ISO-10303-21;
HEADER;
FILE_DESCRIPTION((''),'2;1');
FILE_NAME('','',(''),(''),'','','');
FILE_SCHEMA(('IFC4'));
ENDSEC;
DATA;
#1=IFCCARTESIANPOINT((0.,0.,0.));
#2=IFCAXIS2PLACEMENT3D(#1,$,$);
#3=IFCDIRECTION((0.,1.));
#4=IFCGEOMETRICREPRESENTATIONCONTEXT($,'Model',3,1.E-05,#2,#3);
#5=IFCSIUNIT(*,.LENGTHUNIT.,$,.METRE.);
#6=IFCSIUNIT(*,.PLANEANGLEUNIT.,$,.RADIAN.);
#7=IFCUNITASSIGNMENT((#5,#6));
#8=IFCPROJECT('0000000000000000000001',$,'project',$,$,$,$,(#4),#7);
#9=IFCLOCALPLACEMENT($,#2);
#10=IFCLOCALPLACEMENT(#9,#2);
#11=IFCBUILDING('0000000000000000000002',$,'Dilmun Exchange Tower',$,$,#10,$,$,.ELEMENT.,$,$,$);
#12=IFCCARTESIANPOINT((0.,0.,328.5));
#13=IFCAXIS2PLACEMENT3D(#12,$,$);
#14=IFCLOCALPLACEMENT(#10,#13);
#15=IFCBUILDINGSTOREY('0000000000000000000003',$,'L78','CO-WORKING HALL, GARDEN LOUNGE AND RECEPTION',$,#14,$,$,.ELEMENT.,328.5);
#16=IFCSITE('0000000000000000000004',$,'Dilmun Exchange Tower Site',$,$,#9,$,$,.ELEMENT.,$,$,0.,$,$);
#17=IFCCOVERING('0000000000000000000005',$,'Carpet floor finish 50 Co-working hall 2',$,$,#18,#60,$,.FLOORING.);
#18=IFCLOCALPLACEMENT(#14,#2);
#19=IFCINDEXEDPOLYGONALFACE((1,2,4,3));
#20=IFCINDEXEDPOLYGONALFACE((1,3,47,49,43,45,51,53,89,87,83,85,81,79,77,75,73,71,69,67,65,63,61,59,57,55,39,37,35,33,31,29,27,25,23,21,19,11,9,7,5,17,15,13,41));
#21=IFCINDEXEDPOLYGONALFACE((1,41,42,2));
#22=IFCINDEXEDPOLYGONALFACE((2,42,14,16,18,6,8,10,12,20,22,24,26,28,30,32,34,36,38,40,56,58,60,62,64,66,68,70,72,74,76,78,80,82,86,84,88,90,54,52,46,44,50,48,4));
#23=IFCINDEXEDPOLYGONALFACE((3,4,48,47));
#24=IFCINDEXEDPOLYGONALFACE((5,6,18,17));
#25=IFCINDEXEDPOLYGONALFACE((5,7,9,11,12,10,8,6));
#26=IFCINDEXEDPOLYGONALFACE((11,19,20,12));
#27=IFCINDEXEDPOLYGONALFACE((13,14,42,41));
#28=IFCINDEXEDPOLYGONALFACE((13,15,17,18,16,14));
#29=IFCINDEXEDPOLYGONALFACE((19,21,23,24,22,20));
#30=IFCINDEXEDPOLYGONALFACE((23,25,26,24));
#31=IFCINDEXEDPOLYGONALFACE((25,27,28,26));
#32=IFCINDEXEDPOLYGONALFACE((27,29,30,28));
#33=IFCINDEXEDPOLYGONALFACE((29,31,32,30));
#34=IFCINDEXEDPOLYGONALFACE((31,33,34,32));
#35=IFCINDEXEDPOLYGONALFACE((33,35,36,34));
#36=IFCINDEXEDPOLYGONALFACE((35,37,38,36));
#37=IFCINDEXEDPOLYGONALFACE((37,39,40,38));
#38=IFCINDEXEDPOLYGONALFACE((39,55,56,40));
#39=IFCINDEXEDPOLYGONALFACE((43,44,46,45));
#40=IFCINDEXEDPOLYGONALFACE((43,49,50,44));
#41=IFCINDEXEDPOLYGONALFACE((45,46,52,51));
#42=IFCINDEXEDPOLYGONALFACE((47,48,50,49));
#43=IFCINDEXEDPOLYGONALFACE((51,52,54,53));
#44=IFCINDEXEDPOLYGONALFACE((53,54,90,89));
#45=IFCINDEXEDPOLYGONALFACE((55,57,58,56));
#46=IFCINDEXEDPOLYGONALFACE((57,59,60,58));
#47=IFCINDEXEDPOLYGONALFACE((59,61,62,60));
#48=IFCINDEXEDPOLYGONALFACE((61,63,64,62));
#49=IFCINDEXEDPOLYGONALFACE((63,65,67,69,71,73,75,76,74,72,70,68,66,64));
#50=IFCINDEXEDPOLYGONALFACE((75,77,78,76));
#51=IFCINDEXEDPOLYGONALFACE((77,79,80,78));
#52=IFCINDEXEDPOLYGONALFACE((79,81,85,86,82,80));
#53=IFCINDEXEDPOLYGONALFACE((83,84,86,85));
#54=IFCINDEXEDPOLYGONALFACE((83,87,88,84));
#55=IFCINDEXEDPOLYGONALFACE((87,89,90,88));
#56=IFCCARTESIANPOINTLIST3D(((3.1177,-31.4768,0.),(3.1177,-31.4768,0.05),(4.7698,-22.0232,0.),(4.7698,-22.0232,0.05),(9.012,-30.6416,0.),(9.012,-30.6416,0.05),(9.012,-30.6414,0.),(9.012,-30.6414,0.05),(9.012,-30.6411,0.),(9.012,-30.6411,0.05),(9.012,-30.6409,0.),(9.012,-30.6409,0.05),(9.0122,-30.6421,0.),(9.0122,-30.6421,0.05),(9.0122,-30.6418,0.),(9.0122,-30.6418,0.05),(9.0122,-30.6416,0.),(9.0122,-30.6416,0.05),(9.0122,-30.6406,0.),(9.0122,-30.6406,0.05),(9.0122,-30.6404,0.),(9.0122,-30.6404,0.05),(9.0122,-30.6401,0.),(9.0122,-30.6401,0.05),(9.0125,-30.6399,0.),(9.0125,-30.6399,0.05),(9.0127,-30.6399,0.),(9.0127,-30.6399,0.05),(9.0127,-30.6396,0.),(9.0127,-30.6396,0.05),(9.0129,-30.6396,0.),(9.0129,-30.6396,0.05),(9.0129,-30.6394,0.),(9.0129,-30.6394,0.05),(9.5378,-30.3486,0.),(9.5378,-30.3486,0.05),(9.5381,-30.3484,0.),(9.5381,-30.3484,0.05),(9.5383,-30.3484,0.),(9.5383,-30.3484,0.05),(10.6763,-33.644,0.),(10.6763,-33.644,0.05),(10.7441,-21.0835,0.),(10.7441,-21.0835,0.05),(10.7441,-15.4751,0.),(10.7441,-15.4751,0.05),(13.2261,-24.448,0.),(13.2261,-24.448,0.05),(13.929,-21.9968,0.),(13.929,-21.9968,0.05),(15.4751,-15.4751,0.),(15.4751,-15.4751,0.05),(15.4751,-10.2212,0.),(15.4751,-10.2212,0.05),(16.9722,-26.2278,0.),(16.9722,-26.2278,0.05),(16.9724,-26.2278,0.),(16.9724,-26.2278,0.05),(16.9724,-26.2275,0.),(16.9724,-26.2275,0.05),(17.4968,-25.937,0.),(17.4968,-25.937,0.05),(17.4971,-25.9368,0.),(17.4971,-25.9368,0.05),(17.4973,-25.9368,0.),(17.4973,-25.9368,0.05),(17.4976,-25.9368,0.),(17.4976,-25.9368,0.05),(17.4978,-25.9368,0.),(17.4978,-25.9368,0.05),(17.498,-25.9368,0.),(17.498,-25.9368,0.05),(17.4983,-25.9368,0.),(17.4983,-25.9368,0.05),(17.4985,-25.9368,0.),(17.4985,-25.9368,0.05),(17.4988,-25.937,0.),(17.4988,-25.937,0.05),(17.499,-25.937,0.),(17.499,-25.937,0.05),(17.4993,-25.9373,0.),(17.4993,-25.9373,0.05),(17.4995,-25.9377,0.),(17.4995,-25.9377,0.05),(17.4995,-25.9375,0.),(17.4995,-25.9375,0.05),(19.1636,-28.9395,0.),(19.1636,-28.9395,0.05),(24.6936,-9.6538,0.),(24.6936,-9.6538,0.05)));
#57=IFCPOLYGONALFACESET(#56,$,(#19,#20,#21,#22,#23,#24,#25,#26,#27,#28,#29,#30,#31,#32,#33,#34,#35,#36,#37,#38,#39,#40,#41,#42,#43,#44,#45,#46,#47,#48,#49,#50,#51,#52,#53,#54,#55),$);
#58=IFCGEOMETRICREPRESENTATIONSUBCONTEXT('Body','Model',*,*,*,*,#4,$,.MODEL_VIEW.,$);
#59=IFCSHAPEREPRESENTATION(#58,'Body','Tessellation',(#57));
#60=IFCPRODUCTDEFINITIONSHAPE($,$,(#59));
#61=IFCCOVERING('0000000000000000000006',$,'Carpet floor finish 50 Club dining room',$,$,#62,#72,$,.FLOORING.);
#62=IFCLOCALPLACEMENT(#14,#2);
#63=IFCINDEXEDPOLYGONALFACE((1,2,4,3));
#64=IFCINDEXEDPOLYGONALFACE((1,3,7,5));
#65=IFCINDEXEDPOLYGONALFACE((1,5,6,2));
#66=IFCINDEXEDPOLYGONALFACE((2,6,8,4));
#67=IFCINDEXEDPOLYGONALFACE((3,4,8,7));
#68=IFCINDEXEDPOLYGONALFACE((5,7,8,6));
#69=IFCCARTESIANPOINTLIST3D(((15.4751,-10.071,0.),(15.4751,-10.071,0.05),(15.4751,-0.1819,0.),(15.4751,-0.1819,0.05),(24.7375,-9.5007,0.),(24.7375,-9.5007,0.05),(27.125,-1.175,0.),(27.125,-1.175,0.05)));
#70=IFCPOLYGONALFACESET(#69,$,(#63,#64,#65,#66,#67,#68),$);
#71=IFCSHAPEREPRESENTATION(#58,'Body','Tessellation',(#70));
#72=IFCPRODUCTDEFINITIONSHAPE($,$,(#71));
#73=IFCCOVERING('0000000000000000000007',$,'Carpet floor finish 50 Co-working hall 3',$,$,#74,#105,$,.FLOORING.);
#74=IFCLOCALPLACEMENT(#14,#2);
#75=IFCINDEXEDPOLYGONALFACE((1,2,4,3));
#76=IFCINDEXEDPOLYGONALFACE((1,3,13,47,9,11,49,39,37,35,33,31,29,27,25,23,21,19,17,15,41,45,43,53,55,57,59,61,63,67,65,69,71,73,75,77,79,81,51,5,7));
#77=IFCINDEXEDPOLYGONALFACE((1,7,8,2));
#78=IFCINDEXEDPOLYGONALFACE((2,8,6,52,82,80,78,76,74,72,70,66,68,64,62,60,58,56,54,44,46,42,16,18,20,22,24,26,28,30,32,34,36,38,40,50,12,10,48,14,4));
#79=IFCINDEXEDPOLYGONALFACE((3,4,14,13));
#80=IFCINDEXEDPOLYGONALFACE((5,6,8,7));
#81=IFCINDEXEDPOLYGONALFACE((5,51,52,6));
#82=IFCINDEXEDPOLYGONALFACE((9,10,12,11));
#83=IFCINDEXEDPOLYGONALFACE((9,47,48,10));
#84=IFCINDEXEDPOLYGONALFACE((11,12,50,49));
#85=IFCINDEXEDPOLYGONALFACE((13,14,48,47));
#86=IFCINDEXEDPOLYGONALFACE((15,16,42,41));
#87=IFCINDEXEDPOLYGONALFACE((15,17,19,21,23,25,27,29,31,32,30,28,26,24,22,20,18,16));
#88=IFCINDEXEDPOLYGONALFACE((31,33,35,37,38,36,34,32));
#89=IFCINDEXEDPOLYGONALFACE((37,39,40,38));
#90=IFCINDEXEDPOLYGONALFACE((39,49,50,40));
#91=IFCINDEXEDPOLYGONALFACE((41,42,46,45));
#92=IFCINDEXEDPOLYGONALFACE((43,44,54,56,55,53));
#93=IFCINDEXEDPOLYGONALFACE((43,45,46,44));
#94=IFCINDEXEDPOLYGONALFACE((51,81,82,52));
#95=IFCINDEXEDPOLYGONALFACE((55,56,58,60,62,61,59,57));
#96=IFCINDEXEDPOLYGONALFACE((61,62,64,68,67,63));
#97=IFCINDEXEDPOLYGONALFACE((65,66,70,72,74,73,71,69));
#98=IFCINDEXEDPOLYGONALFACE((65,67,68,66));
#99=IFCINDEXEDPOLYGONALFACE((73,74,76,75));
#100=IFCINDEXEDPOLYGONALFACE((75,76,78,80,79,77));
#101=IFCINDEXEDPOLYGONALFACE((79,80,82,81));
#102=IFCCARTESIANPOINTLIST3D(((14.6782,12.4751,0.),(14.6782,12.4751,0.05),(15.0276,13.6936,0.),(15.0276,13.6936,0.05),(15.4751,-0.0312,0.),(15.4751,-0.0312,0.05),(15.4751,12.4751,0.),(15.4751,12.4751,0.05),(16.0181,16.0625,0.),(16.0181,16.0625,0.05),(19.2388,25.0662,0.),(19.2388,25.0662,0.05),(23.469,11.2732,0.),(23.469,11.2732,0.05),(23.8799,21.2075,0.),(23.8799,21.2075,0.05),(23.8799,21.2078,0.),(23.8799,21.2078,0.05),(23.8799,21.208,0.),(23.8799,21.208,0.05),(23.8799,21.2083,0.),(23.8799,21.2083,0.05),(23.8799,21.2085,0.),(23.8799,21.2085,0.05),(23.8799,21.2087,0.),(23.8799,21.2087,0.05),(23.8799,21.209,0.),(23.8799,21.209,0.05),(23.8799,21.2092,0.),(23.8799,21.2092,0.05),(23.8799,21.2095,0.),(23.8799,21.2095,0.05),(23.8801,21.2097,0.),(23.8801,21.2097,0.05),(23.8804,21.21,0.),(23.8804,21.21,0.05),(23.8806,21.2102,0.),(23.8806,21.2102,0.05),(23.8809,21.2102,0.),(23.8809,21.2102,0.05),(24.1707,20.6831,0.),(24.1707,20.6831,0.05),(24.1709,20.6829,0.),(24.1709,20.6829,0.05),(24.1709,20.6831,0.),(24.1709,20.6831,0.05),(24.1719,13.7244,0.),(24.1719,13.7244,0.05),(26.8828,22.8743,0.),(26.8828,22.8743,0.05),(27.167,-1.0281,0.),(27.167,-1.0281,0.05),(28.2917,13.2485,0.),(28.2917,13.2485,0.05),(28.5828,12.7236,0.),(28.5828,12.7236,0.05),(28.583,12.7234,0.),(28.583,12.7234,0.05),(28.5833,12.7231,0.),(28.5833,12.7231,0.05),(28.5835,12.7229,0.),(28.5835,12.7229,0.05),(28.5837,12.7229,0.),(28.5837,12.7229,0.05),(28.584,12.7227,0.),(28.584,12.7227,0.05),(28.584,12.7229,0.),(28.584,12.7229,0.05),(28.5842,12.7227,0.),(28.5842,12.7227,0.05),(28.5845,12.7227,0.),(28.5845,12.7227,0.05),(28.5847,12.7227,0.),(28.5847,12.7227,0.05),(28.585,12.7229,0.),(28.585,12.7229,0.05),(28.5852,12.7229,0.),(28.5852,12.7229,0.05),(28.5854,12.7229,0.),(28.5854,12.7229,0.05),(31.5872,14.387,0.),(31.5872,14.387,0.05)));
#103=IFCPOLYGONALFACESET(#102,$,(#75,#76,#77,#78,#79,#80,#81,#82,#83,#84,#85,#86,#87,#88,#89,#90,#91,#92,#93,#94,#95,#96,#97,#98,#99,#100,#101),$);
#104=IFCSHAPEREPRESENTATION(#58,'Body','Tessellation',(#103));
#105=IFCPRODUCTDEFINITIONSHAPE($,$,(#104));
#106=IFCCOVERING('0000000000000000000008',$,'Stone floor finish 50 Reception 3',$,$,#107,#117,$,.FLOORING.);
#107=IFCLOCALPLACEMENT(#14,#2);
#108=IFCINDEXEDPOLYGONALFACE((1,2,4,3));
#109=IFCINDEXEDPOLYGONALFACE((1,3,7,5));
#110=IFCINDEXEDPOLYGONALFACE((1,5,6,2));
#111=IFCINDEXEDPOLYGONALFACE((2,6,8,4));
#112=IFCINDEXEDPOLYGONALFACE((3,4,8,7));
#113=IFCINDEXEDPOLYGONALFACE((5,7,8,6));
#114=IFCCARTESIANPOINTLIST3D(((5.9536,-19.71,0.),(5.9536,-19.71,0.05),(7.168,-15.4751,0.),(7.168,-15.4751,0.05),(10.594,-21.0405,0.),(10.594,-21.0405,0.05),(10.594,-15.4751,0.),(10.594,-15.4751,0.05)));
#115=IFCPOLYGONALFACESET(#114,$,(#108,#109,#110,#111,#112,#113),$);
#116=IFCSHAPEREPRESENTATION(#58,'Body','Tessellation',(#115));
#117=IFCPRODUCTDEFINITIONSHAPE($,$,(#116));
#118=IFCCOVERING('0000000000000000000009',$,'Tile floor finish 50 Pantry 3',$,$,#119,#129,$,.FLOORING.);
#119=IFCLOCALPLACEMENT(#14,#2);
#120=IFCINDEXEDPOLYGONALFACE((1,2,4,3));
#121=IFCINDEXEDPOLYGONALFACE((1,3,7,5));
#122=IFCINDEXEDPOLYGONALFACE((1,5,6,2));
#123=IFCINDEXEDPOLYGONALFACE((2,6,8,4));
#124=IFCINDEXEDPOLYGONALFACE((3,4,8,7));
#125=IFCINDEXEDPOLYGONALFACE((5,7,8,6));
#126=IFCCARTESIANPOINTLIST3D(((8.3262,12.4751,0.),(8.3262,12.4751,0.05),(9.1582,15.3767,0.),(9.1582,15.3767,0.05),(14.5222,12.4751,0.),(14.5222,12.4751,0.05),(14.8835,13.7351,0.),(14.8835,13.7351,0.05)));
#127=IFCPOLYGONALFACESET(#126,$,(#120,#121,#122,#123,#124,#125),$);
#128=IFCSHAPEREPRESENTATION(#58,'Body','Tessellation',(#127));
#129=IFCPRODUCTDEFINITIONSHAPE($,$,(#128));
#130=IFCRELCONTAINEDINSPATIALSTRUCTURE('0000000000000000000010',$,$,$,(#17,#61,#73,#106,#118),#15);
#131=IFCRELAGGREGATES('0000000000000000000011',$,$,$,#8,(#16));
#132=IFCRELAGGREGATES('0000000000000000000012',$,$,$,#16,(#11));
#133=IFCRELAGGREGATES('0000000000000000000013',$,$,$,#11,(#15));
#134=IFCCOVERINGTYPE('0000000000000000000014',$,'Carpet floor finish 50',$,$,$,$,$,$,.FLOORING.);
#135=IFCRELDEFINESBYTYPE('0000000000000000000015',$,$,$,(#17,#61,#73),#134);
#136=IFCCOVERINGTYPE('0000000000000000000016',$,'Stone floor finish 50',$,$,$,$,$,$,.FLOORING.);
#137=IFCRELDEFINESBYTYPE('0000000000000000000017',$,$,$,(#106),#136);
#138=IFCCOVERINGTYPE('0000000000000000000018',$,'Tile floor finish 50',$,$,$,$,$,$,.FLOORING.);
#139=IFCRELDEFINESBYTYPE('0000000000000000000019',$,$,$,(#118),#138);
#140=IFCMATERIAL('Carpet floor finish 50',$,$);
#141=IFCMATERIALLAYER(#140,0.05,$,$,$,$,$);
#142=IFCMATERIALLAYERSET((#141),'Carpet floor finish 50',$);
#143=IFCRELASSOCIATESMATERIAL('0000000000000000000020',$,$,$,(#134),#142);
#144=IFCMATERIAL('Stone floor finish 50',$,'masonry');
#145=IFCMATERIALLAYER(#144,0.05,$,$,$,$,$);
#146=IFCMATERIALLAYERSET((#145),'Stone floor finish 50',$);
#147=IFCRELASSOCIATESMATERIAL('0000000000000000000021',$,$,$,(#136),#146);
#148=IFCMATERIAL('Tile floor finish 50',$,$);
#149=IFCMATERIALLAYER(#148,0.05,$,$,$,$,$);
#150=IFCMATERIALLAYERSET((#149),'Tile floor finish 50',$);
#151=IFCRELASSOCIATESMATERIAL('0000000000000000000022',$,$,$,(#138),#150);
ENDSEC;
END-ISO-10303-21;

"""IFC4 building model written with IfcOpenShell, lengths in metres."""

from ifc_helpers import new_model, si_unit, direction, frame, origin, place, context, subcontext, project, spatial, polyline, outline, extrude, material, layer, layer_set, type_object, element, save


model = new_model("IFC4")

# Units and contexts
model_context = context("Model", 3, precision=1e-05, world=origin(), true_north=direction((0.0, 1.0)))
body_context = subcontext(model_context, "Body", "Model", "MODEL_VIEW")
ifc_project = project(units=[si_unit("LENGTHUNIT", "METRE"), si_unit("PLANEANGLEUNIT", "RADIAN")], contexts=[model_context])

# Site, building, storey
site_placement = place(None, origin())
site = spatial("IfcSite", under=ifc_project, at=site_placement, Name="Dilmun Exchange Tower Site", CompositionType="ELEMENT", RefElevation=0.0)
building_placement = place(site_placement, origin())
building = spatial("IfcBuilding", under=site, at=building_placement, Name="Dilmun Exchange Tower", CompositionType="ELEMENT")
storey_placement = place(building_placement, frame((0.0, 0.0, 328.5)))
storey = spatial("IfcBuildingStorey", under=building, at=storey_placement, Name="L78", Description="CO-WORKING HALL, GARDEN LOUNGE AND RECEPTION", CompositionType="ELEMENT", Elevation=328.5)

# Coverings
ifc_material_1 = material(Name="Carpet floor finish 50")
ifc_layer_1 = layer(ifc_material_1, 0.05)
ifc_layer_set_1 = layer_set([ifc_layer_1], Name="Carpet floor finish 50")
covering_type_1 = type_object("IfcCoveringType", Name="Carpet floor finish 50", PredefinedType="FLOORING", material=ifc_layer_set_1)
covering_1_placement = place(storey_placement, origin())
element("IfcCovering", 1, at=covering_1_placement, inside=storey, type_object=covering_type_1, Name="Carpet floor finish 50 Co-working hall 2", PredefinedType="FLOORING", context=body_context, shape_type="SweptSolid", body=[
    extrude(outline(polyline([(4.7698, -22.0232), (13.2261, -24.448), (13.929, -21.9968), (10.7441, -21.0835), (10.7441, -15.4751), (15.4751, -15.4751), (15.4751, -10.2212), (24.6936, -9.6538), (19.1636, -28.9395), (17.4995, -25.9377), (17.4995, -25.9375), (17.4995, -25.9375), (17.4993, -25.9373), (17.499, -25.937), (17.499, -25.937), (17.4988, -25.937), (17.4985, -25.9368), (17.4983, -25.9368), (17.4983, -25.9368), (17.498, -25.9368), (17.4978, -25.9368), (17.4978, -25.9368), (17.4976, -25.9368), (17.4973, -25.9368), (17.4971, -25.9368), (17.4968, -25.937), (16.9724, -26.2275), (16.9724, -26.2275), (16.9724, -26.2278), (16.9722, -26.2278), (9.5383, -30.3484), (9.5383, -30.3484), (9.5381, -30.3484), (9.5381, -30.3484), (9.5378, -30.3486), (9.0129, -30.6394), (9.0129, -30.6396), (9.0127, -30.6396), (9.0127, -30.6399), (9.0125, -30.6399), (9.0122, -30.6401), (9.0122, -30.6404), (9.0122, -30.6404), (9.0122, -30.6406), (9.012, -30.6409), (9.012, -30.6411), (9.012, -30.6414), (9.012, -30.6416), (9.0122, -30.6416), (9.0122, -30.6418), (9.0122, -30.6421), (9.0122, -30.6421), (10.6763, -33.644), (3.1177, -31.4768), (4.7698, -22.0232)])), origin(), (0.0, 0.0, 1.0), 0.05),
])
covering_2_placement = place(storey_placement, origin())
element("IfcCovering", 2, at=covering_2_placement, inside=storey, type_object=covering_type_1, Name="Carpet floor finish 50 Club dining room", PredefinedType="FLOORING", context=body_context, shape_type="SweptSolid", body=[
    extrude(outline(polyline([(15.4751, -10.071), (15.4751, -0.1819), (27.125, -1.175), (24.7375, -9.5007), (15.4751, -10.071)])), origin(), (0.0, 0.0, 1.0), 0.05),
])
covering_3_placement = place(storey_placement, origin())
element("IfcCovering", 3, at=covering_3_placement, inside=storey, type_object=covering_type_1, Name="Carpet floor finish 50 Co-working hall 3", PredefinedType="FLOORING", context=body_context, shape_type="SweptSolid", body=[
    extrude(outline(polyline([(15.0276, 13.6936), (23.469, 11.2732), (24.1719, 13.7244), (16.0181, 16.0625), (19.2388, 25.0662), (26.8828, 22.8743), (23.8809, 21.2102), (23.8806, 21.2102), (23.8806, 21.2102), (23.8804, 21.21), (23.8801, 21.2097), (23.8801, 21.2097), (23.8799, 21.2095), (23.8799, 21.2092), (23.8799, 21.209), (23.8799, 21.209), (23.8799, 21.2087), (23.8799, 21.2085), (23.8799, 21.2085), (23.8799, 21.2083), (23.8799, 21.208), (23.8799, 21.2078), (23.8799, 21.2075), (24.1707, 20.6831), (24.1707, 20.6831), (24.1709, 20.6831), (24.1709, 20.6829), (28.2917, 13.2485), (28.2917, 13.2485), (28.2917, 13.2485), (28.5828, 12.7236), (28.5828, 12.7236), (28.583, 12.7234), (28.583, 12.7234), (28.5833, 12.7231), (28.5835, 12.7229), (28.5835, 12.7229), (28.5837, 12.7229), (28.584, 12.7229), (28.584, 12.7227), (28.5842, 12.7227), (28.5845, 12.7227), (28.5847, 12.7227), (28.585, 12.7229), (28.5852, 12.7229), (28.5852, 12.7229), (28.5854, 12.7229), (31.5872, 14.387), (27.167, -1.0281), (15.4751, -0.0312), (15.4751, 12.4751), (14.6782, 12.4751), (15.0276, 13.6936)])), origin(), (0.0, 0.0, 1.0), 0.05),
])
ifc_material_2 = material(Name="Stone floor finish 50", Category="masonry")
ifc_layer_2 = layer(ifc_material_2, 0.05)
ifc_layer_set_2 = layer_set([ifc_layer_2], Name="Stone floor finish 50")
covering_type_2 = type_object("IfcCoveringType", Name="Stone floor finish 50", PredefinedType="FLOORING", material=ifc_layer_set_2)
covering_4_placement = place(storey_placement, origin())
element("IfcCovering", 4, at=covering_4_placement, inside=storey, type_object=covering_type_2, Name="Stone floor finish 50 Reception 3", PredefinedType="FLOORING", context=body_context, shape_type="SweptSolid", body=[
    extrude(outline(polyline([(10.594, -21.0405), (5.9536, -19.71), (7.168, -15.4751), (10.594, -15.4751), (10.594, -21.0405)])), origin(), (0.0, 0.0, 1.0), 0.05),
])
ifc_material_3 = material(Name="Tile floor finish 50")
ifc_layer_3 = layer(ifc_material_3, 0.05)
ifc_layer_set_3 = layer_set([ifc_layer_3], Name="Tile floor finish 50")
covering_type_3 = type_object("IfcCoveringType", Name="Tile floor finish 50", PredefinedType="FLOORING", material=ifc_layer_set_3)
covering_5_placement = place(storey_placement, origin())
element("IfcCovering", 5, at=covering_5_placement, inside=storey, type_object=covering_type_3, Name="Tile floor finish 50 Pantry 3", PredefinedType="FLOORING", context=body_context, shape_type="SweptSolid", body=[
    extrude(outline(polyline([(8.3262, 12.4751), (9.1582, 15.3767), (14.8835, 13.7351), (14.5222, 12.4751), (8.3262, 12.4751)])), origin(), (0.0, 0.0, 1.0), 0.05),
])

save(model, "model.ifc")
